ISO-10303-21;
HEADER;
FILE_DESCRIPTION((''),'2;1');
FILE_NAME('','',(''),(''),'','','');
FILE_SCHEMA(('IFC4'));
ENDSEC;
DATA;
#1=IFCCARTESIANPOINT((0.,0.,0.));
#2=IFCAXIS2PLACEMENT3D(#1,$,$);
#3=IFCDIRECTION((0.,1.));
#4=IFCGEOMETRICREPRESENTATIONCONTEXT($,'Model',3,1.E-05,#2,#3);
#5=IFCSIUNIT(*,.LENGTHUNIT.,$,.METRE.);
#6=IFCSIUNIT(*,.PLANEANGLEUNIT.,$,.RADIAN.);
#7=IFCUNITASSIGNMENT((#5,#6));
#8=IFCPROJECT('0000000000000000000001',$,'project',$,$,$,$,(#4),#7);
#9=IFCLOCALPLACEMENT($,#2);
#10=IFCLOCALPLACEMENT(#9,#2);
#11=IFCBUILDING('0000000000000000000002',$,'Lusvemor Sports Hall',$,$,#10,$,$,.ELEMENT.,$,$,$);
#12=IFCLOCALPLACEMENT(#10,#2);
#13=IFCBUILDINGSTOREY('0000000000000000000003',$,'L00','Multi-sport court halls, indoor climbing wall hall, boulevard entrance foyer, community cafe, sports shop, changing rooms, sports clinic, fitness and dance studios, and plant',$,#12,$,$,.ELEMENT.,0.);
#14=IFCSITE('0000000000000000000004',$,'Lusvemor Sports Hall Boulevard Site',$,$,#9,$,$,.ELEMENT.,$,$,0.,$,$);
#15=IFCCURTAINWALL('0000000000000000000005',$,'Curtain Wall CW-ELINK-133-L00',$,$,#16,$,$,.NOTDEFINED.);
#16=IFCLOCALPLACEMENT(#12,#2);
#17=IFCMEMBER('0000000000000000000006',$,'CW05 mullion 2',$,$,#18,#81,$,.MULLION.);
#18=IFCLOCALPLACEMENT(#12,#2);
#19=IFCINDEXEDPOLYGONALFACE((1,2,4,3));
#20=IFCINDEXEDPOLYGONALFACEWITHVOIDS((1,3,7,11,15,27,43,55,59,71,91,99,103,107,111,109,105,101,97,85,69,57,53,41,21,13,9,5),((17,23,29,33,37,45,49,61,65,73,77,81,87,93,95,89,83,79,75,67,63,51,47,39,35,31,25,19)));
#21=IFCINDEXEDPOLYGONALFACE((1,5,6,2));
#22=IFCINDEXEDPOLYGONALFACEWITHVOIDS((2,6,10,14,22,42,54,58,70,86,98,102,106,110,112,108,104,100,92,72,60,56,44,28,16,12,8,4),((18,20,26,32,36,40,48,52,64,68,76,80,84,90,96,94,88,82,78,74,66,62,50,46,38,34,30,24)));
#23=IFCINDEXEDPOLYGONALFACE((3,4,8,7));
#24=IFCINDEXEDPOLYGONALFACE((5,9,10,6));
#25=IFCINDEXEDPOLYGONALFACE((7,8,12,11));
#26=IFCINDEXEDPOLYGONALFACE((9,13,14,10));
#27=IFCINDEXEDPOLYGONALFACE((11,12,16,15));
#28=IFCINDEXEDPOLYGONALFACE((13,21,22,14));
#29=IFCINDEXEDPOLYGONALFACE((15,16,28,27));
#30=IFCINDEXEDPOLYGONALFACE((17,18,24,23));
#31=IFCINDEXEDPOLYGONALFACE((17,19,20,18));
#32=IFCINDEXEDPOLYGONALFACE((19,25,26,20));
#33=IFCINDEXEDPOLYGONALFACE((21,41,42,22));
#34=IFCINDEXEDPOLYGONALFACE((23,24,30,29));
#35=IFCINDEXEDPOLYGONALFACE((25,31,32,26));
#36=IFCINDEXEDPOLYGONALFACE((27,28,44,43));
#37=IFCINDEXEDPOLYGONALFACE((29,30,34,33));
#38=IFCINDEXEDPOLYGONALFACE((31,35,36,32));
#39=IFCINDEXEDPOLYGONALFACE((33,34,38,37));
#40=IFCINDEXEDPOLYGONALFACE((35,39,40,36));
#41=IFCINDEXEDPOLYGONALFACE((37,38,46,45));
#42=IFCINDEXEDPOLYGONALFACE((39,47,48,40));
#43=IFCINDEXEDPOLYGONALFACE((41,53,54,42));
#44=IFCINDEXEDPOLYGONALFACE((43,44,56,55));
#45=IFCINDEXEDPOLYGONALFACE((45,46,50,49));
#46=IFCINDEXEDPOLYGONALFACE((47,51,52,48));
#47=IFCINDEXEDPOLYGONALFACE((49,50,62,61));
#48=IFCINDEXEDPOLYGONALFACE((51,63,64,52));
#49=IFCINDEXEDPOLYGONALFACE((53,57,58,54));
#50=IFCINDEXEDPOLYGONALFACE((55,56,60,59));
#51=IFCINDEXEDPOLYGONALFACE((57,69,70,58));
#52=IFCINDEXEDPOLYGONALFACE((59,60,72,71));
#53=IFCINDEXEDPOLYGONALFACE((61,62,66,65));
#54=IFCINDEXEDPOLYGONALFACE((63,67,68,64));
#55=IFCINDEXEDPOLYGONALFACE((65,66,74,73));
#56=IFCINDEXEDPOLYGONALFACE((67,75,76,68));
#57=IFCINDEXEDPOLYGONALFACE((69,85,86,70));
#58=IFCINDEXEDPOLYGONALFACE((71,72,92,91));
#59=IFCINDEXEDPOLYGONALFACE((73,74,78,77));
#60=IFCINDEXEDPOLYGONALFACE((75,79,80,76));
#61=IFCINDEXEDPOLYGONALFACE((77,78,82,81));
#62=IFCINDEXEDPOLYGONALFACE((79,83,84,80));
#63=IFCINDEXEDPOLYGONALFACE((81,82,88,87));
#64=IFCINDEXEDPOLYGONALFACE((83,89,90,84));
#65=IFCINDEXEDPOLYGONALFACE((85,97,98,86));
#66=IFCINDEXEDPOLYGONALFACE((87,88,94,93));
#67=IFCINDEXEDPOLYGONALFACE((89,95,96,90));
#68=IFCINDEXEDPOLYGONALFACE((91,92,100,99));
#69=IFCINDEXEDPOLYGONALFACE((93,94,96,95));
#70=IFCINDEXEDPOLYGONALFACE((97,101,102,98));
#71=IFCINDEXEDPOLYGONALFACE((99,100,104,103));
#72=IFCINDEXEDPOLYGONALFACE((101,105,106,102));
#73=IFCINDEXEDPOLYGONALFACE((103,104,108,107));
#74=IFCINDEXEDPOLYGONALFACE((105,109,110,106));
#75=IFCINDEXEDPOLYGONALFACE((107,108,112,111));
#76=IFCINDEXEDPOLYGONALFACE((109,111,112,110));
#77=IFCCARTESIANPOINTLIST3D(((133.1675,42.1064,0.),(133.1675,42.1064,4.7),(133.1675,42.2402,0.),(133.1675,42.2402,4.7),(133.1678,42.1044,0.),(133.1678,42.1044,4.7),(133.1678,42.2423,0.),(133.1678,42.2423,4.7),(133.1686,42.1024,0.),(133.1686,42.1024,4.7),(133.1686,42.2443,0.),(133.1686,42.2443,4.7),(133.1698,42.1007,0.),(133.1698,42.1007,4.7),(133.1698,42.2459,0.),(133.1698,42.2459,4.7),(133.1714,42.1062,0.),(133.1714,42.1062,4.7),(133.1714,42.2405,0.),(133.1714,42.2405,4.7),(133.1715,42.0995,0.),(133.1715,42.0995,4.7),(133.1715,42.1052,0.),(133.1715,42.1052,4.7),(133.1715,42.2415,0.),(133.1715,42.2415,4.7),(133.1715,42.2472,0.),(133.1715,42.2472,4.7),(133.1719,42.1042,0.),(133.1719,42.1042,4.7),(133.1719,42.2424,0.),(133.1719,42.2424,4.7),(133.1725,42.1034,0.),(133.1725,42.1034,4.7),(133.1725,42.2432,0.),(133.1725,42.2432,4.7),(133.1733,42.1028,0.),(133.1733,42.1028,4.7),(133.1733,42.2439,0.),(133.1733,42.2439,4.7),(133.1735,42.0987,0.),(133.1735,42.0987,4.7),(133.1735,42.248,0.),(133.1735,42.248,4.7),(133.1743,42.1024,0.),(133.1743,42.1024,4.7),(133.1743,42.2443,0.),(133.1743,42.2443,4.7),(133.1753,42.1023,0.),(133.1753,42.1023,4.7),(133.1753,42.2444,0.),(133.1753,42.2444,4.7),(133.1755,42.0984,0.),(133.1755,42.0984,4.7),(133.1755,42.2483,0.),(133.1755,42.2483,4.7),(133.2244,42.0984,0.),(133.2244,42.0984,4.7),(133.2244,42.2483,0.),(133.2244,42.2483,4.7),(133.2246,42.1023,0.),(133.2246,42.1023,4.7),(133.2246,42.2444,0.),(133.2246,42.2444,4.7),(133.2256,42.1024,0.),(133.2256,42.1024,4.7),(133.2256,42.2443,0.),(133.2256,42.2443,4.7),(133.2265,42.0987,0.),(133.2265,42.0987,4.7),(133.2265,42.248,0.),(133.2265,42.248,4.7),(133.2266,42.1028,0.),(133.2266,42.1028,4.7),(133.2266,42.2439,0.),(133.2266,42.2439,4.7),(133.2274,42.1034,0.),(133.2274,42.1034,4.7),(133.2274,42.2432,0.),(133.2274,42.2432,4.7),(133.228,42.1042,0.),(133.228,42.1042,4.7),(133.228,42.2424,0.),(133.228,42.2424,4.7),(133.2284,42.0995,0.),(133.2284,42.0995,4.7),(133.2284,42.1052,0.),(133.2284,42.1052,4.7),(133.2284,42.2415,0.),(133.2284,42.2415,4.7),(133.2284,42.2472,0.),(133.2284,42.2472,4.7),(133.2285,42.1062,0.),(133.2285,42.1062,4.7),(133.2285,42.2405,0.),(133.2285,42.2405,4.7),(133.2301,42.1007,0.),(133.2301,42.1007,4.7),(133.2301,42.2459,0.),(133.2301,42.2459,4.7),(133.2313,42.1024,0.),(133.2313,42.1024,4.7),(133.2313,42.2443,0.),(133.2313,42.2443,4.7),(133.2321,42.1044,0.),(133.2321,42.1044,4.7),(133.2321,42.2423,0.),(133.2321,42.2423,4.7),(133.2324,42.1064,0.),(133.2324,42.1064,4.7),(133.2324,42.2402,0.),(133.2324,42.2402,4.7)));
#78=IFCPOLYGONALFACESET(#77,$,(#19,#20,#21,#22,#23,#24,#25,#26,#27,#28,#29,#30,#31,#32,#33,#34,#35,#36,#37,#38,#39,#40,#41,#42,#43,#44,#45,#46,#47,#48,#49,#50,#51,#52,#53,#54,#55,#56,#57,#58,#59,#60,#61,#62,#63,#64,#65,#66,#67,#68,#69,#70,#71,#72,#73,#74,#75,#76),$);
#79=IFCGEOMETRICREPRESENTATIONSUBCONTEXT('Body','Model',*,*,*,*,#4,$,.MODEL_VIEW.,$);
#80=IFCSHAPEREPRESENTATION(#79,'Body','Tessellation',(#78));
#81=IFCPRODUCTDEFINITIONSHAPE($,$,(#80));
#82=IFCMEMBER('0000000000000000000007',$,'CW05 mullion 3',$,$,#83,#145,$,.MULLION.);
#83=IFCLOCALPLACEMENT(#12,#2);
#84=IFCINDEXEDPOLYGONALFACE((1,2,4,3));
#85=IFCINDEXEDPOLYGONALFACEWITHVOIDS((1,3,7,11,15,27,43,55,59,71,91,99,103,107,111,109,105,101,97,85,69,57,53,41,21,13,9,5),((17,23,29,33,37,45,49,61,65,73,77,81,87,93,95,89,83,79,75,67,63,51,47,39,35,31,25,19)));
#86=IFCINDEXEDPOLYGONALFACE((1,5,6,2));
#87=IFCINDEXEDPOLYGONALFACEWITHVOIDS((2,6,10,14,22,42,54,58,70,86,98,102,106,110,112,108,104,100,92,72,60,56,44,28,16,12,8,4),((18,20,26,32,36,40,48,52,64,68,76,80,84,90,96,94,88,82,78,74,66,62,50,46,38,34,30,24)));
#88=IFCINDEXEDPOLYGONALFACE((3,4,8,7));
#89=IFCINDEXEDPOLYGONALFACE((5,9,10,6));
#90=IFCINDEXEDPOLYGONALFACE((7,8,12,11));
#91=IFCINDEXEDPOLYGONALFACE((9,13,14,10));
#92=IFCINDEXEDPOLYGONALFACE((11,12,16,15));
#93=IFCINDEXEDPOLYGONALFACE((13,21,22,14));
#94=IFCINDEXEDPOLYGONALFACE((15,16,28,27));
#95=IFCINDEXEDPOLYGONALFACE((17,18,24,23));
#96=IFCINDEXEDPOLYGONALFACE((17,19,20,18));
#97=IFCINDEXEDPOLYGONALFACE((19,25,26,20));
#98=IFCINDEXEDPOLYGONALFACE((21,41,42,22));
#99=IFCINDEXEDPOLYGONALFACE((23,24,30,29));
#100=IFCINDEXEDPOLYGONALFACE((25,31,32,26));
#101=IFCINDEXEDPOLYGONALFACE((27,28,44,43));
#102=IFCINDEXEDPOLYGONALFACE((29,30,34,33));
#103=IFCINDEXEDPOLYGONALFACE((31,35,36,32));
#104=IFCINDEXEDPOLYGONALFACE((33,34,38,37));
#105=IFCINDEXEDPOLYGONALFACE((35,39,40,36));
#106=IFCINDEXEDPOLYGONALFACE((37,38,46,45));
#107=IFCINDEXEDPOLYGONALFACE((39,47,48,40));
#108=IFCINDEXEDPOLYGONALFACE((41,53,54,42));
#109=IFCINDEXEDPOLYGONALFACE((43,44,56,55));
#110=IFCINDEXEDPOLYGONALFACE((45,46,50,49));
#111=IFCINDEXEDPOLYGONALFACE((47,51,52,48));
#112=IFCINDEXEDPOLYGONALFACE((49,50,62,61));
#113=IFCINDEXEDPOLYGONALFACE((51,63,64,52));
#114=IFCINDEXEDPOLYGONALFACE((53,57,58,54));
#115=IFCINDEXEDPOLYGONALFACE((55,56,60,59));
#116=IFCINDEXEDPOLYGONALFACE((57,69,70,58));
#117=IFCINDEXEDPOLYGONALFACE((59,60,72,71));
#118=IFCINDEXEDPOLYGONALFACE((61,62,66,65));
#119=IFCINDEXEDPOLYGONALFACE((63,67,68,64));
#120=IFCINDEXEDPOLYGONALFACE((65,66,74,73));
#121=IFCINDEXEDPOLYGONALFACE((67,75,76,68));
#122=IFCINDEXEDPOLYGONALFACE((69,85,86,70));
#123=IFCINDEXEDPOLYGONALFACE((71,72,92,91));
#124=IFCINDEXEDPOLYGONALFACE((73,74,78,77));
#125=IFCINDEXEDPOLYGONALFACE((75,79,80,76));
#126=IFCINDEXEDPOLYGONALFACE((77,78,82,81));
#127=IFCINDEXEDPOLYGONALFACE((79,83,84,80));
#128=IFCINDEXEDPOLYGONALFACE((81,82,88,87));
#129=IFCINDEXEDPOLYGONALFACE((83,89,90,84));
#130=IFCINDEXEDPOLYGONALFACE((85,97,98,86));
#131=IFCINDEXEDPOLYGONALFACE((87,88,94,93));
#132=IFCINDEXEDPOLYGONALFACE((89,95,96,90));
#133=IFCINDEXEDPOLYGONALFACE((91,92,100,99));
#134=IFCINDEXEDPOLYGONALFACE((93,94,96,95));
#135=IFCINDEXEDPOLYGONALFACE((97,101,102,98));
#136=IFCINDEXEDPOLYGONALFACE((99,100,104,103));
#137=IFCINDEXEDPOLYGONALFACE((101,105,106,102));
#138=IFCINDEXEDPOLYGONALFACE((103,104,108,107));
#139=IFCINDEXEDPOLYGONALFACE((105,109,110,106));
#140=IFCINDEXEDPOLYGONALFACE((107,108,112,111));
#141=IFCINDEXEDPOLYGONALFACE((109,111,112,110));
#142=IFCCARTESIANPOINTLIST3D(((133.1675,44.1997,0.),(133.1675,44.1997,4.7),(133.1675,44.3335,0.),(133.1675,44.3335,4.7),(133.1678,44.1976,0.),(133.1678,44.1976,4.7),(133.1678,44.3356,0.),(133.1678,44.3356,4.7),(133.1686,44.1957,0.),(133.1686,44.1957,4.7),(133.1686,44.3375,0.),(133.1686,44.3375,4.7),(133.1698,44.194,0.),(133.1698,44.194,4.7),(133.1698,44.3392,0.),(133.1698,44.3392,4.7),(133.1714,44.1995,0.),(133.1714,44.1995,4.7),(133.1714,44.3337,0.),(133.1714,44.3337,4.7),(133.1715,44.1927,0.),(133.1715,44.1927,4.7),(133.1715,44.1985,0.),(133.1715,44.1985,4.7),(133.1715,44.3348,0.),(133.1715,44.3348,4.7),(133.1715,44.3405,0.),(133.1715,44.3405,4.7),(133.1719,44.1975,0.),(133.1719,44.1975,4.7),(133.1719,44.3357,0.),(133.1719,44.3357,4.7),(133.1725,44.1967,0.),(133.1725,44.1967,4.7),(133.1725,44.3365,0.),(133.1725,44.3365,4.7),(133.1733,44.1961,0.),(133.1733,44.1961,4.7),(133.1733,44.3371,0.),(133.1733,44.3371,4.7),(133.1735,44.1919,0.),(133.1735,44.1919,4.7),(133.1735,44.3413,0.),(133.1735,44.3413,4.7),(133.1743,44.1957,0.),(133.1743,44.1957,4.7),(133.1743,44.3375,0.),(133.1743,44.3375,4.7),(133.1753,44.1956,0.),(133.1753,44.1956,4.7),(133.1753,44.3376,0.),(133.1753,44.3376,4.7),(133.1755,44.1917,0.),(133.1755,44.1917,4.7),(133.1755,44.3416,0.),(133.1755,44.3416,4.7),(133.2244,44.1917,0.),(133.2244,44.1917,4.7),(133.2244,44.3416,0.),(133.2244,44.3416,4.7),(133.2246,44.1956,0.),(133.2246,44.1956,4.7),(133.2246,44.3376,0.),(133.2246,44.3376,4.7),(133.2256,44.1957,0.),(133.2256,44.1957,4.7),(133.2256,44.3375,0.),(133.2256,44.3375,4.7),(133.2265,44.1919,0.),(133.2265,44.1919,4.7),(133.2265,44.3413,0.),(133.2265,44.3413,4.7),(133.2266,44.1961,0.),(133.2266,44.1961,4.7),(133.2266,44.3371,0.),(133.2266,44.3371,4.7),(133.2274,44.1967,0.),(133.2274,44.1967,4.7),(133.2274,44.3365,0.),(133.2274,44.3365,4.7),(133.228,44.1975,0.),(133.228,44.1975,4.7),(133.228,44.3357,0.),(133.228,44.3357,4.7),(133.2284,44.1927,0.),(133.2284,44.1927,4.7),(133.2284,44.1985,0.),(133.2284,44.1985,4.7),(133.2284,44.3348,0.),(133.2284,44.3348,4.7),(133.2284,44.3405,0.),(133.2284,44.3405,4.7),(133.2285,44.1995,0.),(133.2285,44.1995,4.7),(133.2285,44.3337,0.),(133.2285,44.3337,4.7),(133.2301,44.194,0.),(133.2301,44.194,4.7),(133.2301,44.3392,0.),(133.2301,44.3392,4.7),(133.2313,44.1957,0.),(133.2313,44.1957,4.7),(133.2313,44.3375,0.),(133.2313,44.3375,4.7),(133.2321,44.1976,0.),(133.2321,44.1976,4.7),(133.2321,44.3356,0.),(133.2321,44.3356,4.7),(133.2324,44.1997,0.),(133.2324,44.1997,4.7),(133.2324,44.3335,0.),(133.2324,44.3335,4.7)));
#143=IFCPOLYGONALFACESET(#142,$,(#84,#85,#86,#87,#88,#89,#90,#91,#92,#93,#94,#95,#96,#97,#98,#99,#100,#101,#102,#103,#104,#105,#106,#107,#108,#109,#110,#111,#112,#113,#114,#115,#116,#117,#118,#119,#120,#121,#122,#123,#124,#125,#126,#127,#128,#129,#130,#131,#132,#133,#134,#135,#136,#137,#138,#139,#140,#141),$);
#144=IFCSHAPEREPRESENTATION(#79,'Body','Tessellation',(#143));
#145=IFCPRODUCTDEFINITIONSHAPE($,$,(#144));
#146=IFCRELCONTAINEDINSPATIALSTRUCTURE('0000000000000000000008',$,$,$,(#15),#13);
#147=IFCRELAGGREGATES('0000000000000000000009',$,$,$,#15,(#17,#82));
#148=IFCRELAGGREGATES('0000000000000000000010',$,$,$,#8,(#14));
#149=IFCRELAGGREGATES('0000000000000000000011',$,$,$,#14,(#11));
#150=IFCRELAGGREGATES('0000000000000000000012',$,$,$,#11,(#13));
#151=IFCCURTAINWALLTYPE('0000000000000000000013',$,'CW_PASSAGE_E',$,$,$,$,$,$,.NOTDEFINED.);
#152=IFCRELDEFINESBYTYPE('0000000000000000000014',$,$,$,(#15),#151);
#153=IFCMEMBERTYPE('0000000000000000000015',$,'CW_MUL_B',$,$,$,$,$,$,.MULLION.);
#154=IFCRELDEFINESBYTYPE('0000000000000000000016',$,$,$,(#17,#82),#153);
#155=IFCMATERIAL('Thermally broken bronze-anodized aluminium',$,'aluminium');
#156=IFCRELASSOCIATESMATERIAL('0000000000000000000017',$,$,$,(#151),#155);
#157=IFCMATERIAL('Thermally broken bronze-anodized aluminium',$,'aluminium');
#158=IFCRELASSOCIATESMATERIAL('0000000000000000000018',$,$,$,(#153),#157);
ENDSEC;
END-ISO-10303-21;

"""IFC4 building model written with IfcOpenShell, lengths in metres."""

from ifc_helpers import new_model, si_unit, direction, frame, origin, origin_2d, place, context, subcontext, project, spatial, hollow_rectangle, extrude, material, material_profile, profile_set, type_object, element, aggregate, save


model = new_model("IFC4")

# Units and contexts
model_context = context("Model", 3, precision=1e-05, world=origin(), true_north=direction((0.0, 1.0)))
body_context = subcontext(model_context, "Body", "Model", "MODEL_VIEW")
ifc_project = project(units=[si_unit("LENGTHUNIT", "METRE"), si_unit("PLANEANGLEUNIT", "RADIAN")], contexts=[model_context])

# Site, building, storey
site_placement = place(None, origin())
site = spatial("IfcSite", under=ifc_project, at=site_placement, Name="Lusvemor Sports Hall Boulevard Site", CompositionType="ELEMENT", RefElevation=0.0)
building_placement = place(site_placement, origin())
building = spatial("IfcBuilding", under=site, at=building_placement, Name="Lusvemor Sports Hall", CompositionType="ELEMENT")
storey_placement = place(building_placement, origin())
storey = spatial("IfcBuildingStorey", under=building, at=storey_placement, Name="L00", Description="Multi-sport court halls, indoor climbing wall hall, boulevard entrance foyer, community cafe, sports shop, changing rooms, sports clinic, fitness and dance studios, and plant", CompositionType="ELEMENT", Elevation=0.0)

# Curtain wall, members
ifc_material_1 = material(Name="Thermally broken bronze-anodized aluminium", Category="aluminium")
curtain_wall_type = type_object("IfcCurtainWallType", Name="CW_PASSAGE_E", PredefinedType="NOTDEFINED", material=ifc_material_1)
curtain_wall_placement = place(storey_placement, origin())
curtain_wall = element("IfcCurtainWall", 1, at=curtain_wall_placement, inside=storey, type_object=curtain_wall_type, Name="Curtain Wall CW-ELINK-133-L00", PredefinedType="NOTDEFINED")
ifc_material_2 = material(Name="Thermally broken bronze-anodized aluminium", Category="aluminium")
ifc_material_profile_1 = material_profile(ifc_material_2, hollow_rectangle(XDim=0.0649, YDim=0.1499, WallThickness=0.0039, InnerFilletRadius=0.0039, OuterFilletRadius=0.0081, at=origin_2d()), Name="CWMUL150x65x4")
ifc_profile_set_1 = profile_set([ifc_material_profile_1], Name="Thermally broken bronze-anodized aluminium")
member_type_1 = type_object("IfcMemberType", Name="CW_MUL_B", PredefinedType="MULLION", material=ifc_profile_set_1)
member_1_placement = place(storey_placement, frame((133.2, 42.1733, 0.0), z_axis=(0.0, 0.0, 1.0), x_axis=(-1.0, 0.0, 0.0)))
member_1 = element("IfcMember", 2, at=member_1_placement, type_object=member_type_1, Name="CW05 mullion 2", PredefinedType="MULLION", context=body_context, shape_type="SweptSolid", body=[
    extrude(hollow_rectangle(XDim=0.0649, YDim=0.1499, WallThickness=0.0039, InnerFilletRadius=0.0039, OuterFilletRadius=0.0081, at=origin_2d()), origin(), (0.0, 0.0, 1.0), 4.7),
])
member_2_placement = place(storey_placement, frame((133.2, 44.2666, 0.0), z_axis=(0.0, 0.0, 1.0), x_axis=(-1.0, 0.0, 0.0)))
member_2 = element("IfcMember", 3, at=member_2_placement, type_object=member_type_1, Name="CW05 mullion 3", PredefinedType="MULLION", context=body_context, shape_type="SweptSolid", body=[
    extrude(hollow_rectangle(XDim=0.0649, YDim=0.1499, WallThickness=0.0039, InnerFilletRadius=0.0039, OuterFilletRadius=0.0081, at=origin_2d()), origin(), (0.0, 0.0, 1.0), 4.7),
])
aggregate(curtain_wall, [member_1, member_2])

save(model, "model.ifc")
